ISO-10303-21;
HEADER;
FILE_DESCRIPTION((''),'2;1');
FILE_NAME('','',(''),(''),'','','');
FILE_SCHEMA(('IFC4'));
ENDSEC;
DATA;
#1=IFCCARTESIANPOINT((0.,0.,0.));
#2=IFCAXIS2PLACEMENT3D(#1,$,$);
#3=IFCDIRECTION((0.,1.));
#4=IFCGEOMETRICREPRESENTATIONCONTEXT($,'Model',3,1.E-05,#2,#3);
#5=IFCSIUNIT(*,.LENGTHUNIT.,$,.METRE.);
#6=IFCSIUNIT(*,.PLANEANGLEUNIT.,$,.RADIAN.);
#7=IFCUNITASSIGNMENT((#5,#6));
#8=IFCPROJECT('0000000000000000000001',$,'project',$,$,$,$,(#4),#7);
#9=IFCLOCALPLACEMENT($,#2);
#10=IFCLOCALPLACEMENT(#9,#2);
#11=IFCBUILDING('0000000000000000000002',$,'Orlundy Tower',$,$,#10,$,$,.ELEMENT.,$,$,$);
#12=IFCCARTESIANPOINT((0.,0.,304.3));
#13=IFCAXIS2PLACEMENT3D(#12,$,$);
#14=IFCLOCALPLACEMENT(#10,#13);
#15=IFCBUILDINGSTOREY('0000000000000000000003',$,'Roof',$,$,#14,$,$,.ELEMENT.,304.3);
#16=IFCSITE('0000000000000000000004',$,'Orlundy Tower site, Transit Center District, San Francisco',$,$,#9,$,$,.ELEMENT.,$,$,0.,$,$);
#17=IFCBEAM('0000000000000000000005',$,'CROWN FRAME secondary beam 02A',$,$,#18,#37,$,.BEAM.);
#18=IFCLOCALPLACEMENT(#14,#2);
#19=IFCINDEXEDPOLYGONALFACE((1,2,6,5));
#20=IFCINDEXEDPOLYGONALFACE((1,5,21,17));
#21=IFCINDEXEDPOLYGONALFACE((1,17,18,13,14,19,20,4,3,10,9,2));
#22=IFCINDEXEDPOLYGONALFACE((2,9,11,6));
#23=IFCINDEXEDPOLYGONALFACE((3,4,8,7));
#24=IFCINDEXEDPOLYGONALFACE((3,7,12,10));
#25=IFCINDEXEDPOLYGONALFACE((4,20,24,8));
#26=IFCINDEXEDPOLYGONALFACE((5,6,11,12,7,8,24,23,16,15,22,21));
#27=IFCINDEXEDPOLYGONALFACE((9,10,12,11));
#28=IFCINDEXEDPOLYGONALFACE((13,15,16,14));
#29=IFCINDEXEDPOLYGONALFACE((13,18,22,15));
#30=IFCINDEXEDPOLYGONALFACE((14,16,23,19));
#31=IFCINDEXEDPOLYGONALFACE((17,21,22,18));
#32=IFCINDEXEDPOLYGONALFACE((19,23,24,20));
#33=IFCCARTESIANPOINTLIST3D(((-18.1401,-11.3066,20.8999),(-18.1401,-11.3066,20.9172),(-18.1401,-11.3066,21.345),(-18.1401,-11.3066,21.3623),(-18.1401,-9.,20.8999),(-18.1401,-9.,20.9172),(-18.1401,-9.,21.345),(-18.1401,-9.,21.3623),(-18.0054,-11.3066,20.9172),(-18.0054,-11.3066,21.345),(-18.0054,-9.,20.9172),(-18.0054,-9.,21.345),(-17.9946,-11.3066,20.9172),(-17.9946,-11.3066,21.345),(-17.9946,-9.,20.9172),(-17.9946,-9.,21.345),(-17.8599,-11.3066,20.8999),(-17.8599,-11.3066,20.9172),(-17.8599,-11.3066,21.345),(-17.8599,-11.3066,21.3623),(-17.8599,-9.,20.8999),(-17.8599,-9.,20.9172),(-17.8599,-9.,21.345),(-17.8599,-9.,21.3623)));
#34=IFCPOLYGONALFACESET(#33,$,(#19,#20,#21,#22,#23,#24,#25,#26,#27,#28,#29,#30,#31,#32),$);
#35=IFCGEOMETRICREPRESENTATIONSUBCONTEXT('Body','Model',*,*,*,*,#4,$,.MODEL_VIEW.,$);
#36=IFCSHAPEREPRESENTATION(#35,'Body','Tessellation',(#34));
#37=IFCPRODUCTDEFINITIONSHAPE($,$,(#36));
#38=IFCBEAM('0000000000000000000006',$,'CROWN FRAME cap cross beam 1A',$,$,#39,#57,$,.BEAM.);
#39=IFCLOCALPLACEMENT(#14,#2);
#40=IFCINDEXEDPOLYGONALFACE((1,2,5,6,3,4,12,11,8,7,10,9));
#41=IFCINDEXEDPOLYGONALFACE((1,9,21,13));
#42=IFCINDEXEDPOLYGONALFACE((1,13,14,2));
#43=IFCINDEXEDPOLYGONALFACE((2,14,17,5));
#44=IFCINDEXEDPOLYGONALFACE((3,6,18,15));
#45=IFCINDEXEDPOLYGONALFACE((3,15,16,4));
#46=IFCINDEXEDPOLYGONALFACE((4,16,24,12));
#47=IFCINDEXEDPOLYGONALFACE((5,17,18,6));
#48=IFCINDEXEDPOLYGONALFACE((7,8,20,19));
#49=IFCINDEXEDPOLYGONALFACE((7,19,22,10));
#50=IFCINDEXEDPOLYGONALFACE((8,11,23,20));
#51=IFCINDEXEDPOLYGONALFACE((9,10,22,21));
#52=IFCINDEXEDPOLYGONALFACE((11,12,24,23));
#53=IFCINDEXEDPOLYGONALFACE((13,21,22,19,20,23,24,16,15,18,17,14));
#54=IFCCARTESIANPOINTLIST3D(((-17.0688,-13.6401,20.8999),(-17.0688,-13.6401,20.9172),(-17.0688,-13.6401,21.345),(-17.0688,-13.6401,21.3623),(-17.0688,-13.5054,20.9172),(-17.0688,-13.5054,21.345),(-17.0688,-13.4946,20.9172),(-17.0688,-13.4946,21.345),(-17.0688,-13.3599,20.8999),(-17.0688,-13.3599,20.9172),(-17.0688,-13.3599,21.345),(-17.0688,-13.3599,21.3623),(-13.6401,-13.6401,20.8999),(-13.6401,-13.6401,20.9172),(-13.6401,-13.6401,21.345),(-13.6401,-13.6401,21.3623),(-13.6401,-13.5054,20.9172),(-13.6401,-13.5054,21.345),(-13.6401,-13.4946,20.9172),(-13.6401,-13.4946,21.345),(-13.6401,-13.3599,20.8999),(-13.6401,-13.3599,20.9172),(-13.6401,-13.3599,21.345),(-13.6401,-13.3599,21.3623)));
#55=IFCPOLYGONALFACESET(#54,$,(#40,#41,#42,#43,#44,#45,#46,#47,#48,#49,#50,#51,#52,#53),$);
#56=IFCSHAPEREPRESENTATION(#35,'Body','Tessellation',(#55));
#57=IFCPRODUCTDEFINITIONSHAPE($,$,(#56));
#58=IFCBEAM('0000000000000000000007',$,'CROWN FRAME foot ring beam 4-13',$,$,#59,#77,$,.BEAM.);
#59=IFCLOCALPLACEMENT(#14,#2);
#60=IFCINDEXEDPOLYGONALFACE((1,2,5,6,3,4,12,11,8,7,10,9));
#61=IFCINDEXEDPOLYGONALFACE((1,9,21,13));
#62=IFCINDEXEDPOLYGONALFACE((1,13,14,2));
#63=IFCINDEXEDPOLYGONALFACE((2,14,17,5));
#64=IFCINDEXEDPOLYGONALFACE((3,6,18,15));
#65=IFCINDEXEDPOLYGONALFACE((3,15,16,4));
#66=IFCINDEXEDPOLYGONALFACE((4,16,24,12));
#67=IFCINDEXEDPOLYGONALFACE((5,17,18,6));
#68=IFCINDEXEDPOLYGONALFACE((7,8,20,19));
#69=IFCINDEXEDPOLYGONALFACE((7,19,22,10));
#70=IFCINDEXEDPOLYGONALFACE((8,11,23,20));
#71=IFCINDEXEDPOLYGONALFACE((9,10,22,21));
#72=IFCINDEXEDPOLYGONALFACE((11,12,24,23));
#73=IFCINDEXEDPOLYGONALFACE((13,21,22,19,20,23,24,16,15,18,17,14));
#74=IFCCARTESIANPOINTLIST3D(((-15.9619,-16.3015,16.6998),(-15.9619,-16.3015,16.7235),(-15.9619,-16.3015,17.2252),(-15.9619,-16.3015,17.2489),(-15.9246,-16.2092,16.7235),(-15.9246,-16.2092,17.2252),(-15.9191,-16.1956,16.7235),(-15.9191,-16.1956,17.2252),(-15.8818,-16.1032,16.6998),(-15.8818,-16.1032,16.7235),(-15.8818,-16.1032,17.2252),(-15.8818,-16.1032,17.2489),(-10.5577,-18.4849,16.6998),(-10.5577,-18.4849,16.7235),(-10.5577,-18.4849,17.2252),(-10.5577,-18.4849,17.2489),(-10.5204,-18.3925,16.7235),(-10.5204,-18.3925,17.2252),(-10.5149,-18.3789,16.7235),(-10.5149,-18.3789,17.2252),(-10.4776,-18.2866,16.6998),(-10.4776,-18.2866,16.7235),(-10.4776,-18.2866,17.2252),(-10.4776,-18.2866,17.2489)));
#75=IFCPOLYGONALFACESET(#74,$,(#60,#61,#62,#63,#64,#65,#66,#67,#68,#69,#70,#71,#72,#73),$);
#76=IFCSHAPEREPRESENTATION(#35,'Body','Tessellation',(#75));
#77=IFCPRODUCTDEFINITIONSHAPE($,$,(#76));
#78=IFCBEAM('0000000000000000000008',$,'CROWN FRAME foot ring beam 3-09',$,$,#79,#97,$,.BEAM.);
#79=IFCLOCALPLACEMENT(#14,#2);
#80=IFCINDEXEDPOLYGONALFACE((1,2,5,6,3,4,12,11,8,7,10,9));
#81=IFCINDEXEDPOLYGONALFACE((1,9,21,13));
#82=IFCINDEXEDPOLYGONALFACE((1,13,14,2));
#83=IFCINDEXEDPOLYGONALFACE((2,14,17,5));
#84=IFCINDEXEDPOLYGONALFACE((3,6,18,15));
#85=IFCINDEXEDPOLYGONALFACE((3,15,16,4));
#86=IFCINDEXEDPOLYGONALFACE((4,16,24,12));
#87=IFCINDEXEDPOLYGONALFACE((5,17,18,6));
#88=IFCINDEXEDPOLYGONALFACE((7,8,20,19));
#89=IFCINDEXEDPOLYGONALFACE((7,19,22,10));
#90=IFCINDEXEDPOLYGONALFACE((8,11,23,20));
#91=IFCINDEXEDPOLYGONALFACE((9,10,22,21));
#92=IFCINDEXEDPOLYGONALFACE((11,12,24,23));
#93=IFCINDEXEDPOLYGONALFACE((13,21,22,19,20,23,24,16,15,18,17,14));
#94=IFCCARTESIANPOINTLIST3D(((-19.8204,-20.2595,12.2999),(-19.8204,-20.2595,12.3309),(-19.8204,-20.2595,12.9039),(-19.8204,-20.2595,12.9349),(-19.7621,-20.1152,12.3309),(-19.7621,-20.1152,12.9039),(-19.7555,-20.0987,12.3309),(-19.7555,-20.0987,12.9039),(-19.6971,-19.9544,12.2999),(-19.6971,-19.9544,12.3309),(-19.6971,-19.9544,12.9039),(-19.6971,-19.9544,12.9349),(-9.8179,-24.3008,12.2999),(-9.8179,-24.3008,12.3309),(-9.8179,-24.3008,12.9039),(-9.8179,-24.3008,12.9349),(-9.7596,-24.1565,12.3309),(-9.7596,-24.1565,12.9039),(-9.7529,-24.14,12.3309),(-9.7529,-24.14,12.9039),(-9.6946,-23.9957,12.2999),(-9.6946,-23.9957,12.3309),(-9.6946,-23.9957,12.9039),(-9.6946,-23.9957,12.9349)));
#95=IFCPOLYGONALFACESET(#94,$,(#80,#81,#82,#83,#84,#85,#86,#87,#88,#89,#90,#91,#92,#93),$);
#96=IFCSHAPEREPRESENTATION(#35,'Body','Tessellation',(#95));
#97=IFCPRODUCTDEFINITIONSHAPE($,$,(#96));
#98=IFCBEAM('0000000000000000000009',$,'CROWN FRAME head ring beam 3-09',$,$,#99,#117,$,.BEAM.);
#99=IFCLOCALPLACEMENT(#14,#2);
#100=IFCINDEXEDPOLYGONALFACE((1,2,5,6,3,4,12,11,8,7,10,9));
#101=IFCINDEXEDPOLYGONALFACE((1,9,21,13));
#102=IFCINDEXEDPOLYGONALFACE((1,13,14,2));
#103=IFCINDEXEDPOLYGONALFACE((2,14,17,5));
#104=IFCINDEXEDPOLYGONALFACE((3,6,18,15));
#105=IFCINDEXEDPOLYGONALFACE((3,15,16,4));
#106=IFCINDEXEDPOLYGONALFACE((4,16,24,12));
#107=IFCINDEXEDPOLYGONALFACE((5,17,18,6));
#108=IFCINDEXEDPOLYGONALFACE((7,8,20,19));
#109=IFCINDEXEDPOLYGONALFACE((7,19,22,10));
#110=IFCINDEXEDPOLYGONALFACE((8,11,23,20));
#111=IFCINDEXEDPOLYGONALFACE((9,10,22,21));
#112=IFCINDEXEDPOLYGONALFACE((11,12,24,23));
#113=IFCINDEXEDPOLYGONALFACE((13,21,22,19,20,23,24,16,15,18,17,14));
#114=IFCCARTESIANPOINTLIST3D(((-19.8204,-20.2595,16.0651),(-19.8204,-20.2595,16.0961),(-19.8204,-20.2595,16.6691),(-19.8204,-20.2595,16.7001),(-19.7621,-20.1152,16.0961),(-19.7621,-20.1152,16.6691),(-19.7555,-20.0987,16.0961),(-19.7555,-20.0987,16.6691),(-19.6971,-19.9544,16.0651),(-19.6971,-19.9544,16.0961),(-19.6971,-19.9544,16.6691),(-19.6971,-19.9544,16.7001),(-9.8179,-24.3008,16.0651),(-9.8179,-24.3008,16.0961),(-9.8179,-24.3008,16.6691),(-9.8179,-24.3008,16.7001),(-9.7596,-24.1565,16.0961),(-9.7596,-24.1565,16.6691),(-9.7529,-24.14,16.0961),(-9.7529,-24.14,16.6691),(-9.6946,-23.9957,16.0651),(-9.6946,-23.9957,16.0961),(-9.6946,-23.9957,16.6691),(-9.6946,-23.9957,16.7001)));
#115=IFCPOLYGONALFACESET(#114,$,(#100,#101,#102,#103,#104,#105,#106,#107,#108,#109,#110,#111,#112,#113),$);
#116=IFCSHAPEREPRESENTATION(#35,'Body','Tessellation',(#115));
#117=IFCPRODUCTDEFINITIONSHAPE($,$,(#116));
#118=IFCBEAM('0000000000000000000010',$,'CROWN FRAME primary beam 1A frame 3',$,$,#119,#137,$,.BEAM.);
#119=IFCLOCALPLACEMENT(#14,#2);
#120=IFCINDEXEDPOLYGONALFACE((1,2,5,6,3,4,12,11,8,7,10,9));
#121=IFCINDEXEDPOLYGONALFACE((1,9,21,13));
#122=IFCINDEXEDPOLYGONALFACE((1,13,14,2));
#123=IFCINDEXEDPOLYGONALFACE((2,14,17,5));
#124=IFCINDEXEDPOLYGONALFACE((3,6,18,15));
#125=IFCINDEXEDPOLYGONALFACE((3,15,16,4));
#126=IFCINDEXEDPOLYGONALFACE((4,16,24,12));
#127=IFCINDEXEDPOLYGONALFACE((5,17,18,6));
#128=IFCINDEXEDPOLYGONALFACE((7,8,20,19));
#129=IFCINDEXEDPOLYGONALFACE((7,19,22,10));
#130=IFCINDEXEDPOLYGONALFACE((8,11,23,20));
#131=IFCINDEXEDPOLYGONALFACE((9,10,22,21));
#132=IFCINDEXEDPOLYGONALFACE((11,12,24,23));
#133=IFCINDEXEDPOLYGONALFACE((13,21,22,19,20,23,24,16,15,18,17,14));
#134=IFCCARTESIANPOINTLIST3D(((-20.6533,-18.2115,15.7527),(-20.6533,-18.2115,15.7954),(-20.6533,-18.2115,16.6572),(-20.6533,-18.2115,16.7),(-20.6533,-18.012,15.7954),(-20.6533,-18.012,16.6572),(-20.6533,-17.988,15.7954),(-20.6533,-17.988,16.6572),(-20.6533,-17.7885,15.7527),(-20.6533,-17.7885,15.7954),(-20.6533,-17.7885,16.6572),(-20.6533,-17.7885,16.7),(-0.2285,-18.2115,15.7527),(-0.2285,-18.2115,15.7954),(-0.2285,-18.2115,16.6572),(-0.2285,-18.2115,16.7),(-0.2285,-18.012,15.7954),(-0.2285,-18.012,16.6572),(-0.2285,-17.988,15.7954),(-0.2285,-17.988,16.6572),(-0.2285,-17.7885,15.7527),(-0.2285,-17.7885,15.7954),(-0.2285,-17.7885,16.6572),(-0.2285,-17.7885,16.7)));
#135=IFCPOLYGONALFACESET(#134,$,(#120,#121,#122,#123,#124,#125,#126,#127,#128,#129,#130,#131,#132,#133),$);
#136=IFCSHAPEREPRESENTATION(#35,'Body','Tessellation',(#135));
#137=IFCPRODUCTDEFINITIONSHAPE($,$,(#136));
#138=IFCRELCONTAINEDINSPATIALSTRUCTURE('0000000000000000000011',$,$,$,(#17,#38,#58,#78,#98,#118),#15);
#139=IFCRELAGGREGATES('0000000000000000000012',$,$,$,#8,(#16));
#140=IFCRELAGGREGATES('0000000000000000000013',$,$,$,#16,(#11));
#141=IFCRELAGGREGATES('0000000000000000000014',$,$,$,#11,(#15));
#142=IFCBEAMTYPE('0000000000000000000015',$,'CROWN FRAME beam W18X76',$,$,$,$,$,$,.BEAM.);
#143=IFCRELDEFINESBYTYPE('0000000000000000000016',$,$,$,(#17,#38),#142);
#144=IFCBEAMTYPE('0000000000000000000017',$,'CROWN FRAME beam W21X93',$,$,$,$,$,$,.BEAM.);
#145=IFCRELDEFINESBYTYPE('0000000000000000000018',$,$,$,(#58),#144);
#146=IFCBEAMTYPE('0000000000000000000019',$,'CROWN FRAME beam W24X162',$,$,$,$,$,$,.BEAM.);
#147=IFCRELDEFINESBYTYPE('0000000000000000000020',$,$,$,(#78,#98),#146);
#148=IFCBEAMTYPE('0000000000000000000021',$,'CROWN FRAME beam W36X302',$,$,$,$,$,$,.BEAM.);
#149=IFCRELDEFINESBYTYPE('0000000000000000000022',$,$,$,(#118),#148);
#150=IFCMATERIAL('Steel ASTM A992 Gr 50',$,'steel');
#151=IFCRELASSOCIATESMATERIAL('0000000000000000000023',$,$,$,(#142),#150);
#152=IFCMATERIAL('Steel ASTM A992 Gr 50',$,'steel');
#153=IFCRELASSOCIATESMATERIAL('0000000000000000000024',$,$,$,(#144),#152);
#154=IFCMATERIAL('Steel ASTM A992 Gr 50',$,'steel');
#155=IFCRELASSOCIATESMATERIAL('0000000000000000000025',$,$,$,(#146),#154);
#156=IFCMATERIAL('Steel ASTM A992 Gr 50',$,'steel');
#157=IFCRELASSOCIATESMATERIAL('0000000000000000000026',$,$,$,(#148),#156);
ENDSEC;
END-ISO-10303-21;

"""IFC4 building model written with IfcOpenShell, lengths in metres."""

from ifc_helpers import new_model, si_unit, direction, frame, origin, origin_2d, place, context, subcontext, project, spatial, i_section, extrude, material, material_profile, profile_set, type_object, element, save


model = new_model("IFC4")

# Units and contexts
model_context = context("Model", 3, precision=1e-05, world=origin(), true_north=direction((0.0, 1.0)))
body_context = subcontext(model_context, "Body", "Model", "MODEL_VIEW")
ifc_project = project(units=[si_unit("LENGTHUNIT", "METRE"), si_unit("PLANEANGLEUNIT", "RADIAN")], contexts=[model_context])

# Site, building, storey
site_placement = place(None, origin())
site = spatial("IfcSite", under=ifc_project, at=site_placement, Name="Orlundy Tower site, Transit Center District, San Francisco", CompositionType="ELEMENT", RefElevation=0.0)
building_placement = place(site_placement, origin())
building = spatial("IfcBuilding", under=site, at=building_placement, Name="Orlundy Tower", CompositionType="ELEMENT")
storey_placement = place(building_placement, frame((0.0, 0.0, 304.3)))
storey = spatial("IfcBuildingStorey", under=building, at=storey_placement, Name="Roof", CompositionType="ELEMENT", Elevation=304.3)

# Beams
ifc_material_1 = material(Name="Steel ASTM A992 Gr 50", Category="steel")
ifc_material_profile_1 = material_profile(ifc_material_1, i_section(OverallWidth=0.2803, OverallDepth=0.4624, WebThickness=0.0107, FlangeThickness=0.0173, at=origin_2d()), Name="W18X76")
ifc_profile_set_1 = profile_set([ifc_material_profile_1], Name="Steel ASTM A992 Gr 50")
beam_type_1 = type_object("IfcBeamType", Name="CROWN FRAME beam W18X76", PredefinedType="BEAM", material=ifc_profile_set_1)
beam_1_placement = place(storey_placement, frame((-18.0, -11.3066, 21.1311), z_axis=(0.0, 1.0, 0.0), x_axis=(-1.0, 0.0, 0.0)))
element("IfcBeam", 1, at=beam_1_placement, inside=storey, type_object=beam_type_1, Name="CROWN FRAME secondary beam 02A", PredefinedType="BEAM", context=body_context, shape_type="SweptSolid", body=[
    extrude(i_section(OverallWidth=0.2803, OverallDepth=0.4624, WebThickness=0.0107, FlangeThickness=0.0173, at=origin_2d()), origin(), (0.0, 0.0, 1.0), 2.3066),
])
beam_2_placement = place(storey_placement, frame((-17.0688, -13.5, 21.1311), z_axis=(1.0, 0.0, 0.0), x_axis=(0.0, 1.0, 0.0)))
element("IfcBeam", 2, at=beam_2_placement, inside=storey, type_object=beam_type_1, Name="CROWN FRAME cap cross beam 1A", PredefinedType="BEAM", context=body_context, shape_type="SweptSolid", body=[
    extrude(i_section(OverallWidth=0.2803, OverallDepth=0.4624, WebThickness=0.0107, FlangeThickness=0.0173, at=origin_2d()), origin(), (0.0, 0.0, 1.0), 3.4287),
])
ifc_material_2 = material(Name="Steel ASTM A992 Gr 50", Category="steel")
ifc_material_profile_2 = material_profile(ifc_material_2, i_section(OverallWidth=0.2139, OverallDepth=0.5491, WebThickness=0.0146, FlangeThickness=0.0237, at=origin_2d()), Name="W21X93")
ifc_profile_set_2 = profile_set([ifc_material_profile_2], Name="Steel ASTM A992 Gr 50")
beam_type_2 = type_object("IfcBeamType", Name="CROWN FRAME beam W21X93", PredefinedType="BEAM", material=ifc_profile_set_2)
beam_3_placement = place(storey_placement, frame((-15.9219, -16.2024, 16.9744), z_axis=(0.927191, -0.374588, 0.0), x_axis=(0.374588, 0.927191, 0.0)))
element("IfcBeam", 3, at=beam_3_placement, inside=storey, type_object=beam_type_2, Name="CROWN FRAME foot ring beam 4-13", PredefinedType="BEAM", context=body_context, shape_type="SweptSolid", body=[
    extrude(i_section(OverallWidth=0.2139, OverallDepth=0.5491, WebThickness=0.0146, FlangeThickness=0.0237, at=origin_2d()), origin(), (0.0, 0.0, 1.0), 5.8286),
])
ifc_material_3 = material(Name="Steel ASTM A992 Gr 50", Category="steel")
ifc_material_profile_3 = material_profile(ifc_material_3, i_section(OverallWidth=0.3291, OverallDepth=0.635, WebThickness=0.0178, FlangeThickness=0.031, at=origin_2d()), Name="W24X162")
ifc_profile_set_3 = profile_set([ifc_material_profile_3], Name="Steel ASTM A992 Gr 50")
beam_type_3 = type_object("IfcBeamType", Name="CROWN FRAME beam W24X162", PredefinedType="BEAM", material=ifc_profile_set_3)
for number, where, z_axis, x_axis, name in (
    (4, (-19.7588, -20.1069, 12.6174), (0.927183, -0.374607, 0.0), (0.374607, 0.927183, 0.0), "CROWN FRAME foot ring beam 3-09"),
    (5, (-19.7588, -20.1069, 16.3826), (0.927183, -0.374607, 0.0), (0.374607, 0.927183, 0.0), "CROWN FRAME head ring beam 3-09"),
):
    element("IfcBeam", number, at=place(storey_placement, frame(where, z_axis=z_axis, x_axis=x_axis)), inside=storey, type_object=beam_type_3, Name=name, PredefinedType="BEAM", context=body_context, shape_type="SweptSolid", body=[
        extrude(i_section(OverallWidth=0.3291, OverallDepth=0.635, WebThickness=0.0178, FlangeThickness=0.031, at=origin_2d()), origin(), (0.0, 0.0, 1.0), 10.7881),
    ])
ifc_material_4 = material(Name="Steel ASTM A992 Gr 50", Category="steel")
ifc_material_profile_4 = material_profile(ifc_material_4, i_section(OverallWidth=0.4231, OverallDepth=0.9473, WebThickness=0.0239, FlangeThickness=0.0427, at=origin_2d()), Name="W36X302")
ifc_profile_set_4 = profile_set([ifc_material_profile_4], Name="Steel ASTM A992 Gr 50")
beam_type_4 = type_object("IfcBeamType", Name="CROWN FRAME beam W36X302", PredefinedType="BEAM", material=ifc_profile_set_4)
beam_4_placement = place(storey_placement, frame((-20.6533, -18.0, 16.2263), z_axis=(1.0, 0.0, 0.0), x_axis=(0.0, 1.0, 0.0)))
element("IfcBeam", 6, at=beam_4_placement, inside=storey, type_object=beam_type_4, Name="CROWN FRAME primary beam 1A frame 3", PredefinedType="BEAM", context=body_context, shape_type="SweptSolid", body=[
    extrude(i_section(OverallWidth=0.4231, OverallDepth=0.9473, WebThickness=0.0239, FlangeThickness=0.0427, at=origin_2d()), origin(), (0.0, 0.0, 1.0), 20.4248),
])

save(model, "model.ifc")
